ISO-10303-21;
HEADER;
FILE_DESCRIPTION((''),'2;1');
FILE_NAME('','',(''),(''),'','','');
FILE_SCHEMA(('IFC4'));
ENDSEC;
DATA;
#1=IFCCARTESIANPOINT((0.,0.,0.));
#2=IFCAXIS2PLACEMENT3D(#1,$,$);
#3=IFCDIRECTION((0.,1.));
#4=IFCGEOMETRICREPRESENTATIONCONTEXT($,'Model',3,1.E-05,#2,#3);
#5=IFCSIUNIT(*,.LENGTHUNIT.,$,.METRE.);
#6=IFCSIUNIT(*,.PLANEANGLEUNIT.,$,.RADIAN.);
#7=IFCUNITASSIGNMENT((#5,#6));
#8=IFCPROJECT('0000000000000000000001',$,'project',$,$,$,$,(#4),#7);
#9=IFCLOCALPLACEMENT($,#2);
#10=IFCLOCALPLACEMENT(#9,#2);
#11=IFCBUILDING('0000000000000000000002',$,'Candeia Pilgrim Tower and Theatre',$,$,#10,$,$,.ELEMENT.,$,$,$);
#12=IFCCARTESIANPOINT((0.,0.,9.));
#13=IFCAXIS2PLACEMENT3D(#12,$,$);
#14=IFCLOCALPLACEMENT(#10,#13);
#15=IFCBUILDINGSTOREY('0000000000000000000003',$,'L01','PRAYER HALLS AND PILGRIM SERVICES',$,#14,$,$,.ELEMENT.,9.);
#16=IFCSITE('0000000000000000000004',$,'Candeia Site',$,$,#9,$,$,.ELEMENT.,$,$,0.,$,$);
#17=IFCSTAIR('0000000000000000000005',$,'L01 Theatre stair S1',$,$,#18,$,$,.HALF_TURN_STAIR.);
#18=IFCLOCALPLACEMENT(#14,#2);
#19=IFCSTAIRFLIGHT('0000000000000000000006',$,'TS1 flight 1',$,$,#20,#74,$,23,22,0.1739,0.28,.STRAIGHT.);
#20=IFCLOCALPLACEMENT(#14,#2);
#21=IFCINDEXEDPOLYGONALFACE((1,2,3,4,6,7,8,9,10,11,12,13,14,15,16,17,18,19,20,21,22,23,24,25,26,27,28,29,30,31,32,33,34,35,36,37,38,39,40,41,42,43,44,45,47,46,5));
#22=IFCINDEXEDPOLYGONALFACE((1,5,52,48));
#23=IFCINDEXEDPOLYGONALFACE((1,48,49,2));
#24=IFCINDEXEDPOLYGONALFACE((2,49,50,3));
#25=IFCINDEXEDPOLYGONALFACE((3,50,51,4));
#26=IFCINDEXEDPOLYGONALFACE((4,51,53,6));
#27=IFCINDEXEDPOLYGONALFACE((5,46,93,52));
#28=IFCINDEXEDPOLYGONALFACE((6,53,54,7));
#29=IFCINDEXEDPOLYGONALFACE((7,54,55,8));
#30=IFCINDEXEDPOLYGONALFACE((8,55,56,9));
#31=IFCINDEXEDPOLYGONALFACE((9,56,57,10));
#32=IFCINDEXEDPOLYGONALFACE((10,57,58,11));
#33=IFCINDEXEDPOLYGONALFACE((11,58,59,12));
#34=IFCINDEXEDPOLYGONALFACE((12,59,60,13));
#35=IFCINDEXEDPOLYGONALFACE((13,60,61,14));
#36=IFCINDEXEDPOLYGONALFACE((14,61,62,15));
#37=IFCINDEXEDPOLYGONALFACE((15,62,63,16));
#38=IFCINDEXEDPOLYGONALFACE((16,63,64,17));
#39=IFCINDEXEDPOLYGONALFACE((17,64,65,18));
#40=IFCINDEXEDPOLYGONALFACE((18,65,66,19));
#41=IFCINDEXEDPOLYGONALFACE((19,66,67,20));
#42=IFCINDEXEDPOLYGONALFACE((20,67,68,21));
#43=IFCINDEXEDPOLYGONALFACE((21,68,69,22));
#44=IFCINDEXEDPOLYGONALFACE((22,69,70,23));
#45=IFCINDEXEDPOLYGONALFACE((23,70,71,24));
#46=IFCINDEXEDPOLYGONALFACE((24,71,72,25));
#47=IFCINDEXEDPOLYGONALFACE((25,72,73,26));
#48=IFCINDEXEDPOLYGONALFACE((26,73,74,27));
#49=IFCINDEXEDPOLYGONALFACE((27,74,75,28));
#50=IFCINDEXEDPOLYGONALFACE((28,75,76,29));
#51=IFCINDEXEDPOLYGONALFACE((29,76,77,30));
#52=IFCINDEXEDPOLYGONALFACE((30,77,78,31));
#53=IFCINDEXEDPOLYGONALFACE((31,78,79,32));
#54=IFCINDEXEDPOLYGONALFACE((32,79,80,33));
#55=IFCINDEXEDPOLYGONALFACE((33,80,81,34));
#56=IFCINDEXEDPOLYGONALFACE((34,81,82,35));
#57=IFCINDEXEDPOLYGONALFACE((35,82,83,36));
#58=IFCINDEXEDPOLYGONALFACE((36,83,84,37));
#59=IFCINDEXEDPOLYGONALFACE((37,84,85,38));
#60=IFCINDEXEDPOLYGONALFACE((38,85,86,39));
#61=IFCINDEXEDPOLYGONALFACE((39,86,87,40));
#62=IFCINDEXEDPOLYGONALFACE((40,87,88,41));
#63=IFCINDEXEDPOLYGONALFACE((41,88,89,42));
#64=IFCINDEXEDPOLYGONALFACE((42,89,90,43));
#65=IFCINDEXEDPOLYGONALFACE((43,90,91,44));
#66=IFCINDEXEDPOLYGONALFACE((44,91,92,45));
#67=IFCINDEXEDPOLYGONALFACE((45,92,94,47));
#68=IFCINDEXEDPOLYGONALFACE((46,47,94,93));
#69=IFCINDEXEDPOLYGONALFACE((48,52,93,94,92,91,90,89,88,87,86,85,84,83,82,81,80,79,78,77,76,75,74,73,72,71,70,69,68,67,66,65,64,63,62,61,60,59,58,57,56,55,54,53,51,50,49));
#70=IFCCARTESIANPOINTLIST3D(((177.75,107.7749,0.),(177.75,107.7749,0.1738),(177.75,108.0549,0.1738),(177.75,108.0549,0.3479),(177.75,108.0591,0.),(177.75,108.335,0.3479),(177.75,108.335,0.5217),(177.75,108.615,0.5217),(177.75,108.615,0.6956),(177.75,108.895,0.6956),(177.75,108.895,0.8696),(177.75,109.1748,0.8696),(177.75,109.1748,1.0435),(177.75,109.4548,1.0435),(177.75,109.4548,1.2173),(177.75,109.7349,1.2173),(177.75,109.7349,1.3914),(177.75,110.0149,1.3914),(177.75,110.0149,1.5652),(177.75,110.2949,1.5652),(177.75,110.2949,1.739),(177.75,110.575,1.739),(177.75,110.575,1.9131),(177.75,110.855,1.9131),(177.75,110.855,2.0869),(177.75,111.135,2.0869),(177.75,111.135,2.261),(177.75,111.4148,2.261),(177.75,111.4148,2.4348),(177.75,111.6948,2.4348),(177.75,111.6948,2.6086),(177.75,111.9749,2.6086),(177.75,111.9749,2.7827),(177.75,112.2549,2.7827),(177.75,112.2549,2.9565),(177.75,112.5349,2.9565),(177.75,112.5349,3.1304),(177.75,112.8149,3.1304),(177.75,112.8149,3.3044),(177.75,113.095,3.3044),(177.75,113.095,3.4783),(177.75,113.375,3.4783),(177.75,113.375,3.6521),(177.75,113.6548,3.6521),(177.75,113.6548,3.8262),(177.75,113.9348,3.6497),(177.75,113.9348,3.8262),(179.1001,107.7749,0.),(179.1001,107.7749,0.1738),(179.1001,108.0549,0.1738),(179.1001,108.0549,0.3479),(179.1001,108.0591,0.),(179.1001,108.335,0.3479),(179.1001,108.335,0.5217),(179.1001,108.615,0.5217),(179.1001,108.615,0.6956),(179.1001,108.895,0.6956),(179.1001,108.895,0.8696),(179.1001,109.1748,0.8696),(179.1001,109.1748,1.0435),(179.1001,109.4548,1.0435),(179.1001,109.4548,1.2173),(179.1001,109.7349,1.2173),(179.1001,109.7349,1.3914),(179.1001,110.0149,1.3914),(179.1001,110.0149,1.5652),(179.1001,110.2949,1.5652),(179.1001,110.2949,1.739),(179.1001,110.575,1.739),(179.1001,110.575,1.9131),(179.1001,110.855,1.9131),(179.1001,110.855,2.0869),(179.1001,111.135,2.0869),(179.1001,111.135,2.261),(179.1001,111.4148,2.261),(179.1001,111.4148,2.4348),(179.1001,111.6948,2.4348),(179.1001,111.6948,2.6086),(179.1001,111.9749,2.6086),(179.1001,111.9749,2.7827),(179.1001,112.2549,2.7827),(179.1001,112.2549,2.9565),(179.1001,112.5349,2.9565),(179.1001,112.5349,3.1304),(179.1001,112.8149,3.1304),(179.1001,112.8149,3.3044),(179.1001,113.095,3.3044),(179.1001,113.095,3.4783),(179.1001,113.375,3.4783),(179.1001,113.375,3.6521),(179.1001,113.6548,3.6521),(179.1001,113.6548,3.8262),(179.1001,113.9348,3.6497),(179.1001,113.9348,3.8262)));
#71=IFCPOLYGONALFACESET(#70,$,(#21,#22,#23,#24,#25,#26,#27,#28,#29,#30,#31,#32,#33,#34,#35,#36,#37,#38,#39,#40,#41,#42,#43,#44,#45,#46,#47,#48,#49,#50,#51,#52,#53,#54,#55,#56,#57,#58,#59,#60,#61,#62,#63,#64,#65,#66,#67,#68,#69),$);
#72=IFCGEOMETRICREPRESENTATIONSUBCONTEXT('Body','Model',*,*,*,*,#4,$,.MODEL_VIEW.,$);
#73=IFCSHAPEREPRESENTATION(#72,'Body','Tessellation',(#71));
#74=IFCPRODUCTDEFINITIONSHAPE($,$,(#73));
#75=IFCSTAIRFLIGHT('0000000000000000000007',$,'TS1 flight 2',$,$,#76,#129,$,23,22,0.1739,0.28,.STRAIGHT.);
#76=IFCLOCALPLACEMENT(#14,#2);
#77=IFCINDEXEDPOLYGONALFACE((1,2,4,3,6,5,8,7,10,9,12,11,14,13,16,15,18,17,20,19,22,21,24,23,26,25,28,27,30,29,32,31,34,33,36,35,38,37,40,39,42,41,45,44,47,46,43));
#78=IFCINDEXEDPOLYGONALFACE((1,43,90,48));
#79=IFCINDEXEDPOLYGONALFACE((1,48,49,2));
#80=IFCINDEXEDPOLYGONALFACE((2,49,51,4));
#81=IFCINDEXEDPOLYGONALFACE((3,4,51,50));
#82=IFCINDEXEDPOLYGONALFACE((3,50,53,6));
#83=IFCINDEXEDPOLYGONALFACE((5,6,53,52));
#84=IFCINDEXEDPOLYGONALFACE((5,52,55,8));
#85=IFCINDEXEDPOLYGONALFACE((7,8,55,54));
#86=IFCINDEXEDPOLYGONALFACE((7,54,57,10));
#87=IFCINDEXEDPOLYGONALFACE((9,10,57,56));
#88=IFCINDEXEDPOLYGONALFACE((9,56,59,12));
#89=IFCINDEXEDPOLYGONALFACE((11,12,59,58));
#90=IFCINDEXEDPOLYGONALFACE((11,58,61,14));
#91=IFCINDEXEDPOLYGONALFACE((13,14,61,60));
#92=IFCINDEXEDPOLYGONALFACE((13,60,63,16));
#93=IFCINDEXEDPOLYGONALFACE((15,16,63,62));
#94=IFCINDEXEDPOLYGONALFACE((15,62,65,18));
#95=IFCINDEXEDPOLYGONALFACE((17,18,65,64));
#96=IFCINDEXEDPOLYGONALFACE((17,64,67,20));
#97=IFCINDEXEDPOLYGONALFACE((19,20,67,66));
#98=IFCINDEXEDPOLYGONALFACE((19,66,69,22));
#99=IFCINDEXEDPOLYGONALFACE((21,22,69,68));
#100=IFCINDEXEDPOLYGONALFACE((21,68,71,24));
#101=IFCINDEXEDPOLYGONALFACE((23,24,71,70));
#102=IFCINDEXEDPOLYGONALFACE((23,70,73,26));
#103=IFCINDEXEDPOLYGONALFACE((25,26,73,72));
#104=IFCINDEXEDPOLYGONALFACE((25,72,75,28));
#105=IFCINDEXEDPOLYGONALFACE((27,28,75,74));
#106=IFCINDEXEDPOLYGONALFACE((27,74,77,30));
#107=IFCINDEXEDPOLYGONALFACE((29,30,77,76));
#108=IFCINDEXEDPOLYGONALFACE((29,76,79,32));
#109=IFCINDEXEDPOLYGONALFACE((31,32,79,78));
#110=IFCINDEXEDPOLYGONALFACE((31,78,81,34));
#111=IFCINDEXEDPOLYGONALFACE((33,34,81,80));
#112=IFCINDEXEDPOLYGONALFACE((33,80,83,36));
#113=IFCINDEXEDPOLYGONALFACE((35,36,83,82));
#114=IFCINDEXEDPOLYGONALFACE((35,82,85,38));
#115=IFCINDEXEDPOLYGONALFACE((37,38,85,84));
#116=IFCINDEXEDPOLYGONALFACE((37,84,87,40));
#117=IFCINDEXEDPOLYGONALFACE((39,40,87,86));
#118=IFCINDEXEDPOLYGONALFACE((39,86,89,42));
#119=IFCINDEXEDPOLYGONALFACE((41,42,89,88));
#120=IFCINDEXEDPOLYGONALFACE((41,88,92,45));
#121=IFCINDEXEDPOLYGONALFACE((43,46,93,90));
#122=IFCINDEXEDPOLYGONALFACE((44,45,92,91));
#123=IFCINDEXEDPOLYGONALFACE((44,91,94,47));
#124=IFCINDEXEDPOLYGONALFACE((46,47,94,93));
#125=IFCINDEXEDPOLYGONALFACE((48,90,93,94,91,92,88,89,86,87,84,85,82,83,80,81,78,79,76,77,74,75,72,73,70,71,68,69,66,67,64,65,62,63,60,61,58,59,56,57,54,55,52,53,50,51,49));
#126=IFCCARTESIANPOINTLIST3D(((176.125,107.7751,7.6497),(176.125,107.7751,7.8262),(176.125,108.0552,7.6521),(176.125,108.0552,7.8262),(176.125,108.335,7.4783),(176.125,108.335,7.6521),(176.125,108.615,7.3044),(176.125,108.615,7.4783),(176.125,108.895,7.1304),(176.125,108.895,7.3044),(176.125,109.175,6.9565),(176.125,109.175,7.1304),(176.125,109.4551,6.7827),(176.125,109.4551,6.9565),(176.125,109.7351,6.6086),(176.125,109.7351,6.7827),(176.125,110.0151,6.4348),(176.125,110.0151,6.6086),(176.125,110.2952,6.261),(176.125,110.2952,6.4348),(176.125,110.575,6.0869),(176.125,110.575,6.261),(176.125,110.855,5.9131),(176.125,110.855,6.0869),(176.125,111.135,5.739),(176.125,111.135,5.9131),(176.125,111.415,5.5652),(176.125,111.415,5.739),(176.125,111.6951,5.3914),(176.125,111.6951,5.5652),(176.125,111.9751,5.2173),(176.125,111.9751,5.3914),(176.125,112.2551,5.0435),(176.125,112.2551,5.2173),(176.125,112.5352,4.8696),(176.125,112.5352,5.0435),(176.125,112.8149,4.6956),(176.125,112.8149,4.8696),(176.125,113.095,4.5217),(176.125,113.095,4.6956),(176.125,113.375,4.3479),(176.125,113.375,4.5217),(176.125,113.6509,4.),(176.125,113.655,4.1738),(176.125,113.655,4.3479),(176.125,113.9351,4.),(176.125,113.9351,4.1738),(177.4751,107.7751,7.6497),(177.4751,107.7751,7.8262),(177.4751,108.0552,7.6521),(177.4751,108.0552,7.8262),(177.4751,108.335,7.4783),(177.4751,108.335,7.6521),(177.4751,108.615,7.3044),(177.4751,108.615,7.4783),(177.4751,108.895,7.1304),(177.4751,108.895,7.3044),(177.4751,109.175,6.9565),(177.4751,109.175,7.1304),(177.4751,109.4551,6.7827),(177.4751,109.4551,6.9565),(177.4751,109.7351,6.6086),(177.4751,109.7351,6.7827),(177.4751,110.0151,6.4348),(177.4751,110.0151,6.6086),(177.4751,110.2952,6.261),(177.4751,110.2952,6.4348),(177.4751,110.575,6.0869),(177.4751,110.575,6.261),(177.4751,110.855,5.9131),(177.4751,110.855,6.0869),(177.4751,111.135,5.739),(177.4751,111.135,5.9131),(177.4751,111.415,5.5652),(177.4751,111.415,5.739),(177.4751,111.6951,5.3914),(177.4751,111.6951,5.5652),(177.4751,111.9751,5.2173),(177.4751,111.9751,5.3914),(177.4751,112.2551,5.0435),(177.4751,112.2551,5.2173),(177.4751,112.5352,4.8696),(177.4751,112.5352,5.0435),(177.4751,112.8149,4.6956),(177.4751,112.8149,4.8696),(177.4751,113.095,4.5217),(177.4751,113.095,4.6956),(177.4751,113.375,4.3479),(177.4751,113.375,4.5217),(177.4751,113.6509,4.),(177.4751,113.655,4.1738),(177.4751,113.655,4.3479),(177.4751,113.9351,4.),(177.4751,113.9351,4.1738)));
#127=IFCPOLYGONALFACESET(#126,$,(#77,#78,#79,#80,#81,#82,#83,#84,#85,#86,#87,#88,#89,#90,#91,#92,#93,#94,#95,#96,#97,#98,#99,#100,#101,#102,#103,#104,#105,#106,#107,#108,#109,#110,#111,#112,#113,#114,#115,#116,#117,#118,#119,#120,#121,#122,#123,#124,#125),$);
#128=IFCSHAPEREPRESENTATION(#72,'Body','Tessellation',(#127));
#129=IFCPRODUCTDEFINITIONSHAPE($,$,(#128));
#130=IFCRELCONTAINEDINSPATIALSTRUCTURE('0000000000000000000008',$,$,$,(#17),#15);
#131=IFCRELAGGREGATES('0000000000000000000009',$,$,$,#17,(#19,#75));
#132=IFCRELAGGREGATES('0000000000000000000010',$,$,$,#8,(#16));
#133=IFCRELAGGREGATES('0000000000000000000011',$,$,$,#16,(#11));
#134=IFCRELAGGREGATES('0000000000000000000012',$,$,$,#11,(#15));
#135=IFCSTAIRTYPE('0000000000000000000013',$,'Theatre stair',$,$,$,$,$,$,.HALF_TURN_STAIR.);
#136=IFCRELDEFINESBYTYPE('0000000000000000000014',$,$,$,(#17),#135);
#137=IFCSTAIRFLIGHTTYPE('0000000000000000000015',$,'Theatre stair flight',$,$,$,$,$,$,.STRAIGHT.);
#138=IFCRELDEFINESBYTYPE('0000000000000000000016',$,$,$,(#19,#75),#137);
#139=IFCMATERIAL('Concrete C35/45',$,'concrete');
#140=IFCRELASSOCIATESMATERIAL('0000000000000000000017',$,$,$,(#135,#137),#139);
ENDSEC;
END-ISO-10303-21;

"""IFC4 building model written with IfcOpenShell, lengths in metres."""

from ifc_helpers import new_model, si_unit, direction, frame, origin, place, context, subcontext, project, spatial, polyline, outline, extrude, material, type_object, element, aggregate, save


model = new_model("IFC4")

# Units and contexts
model_context = context("Model", 3, precision=1e-05, world=origin(), true_north=direction((0.0, 1.0)))
body_context = subcontext(model_context, "Body", "Model", "MODEL_VIEW")
ifc_project = project(units=[si_unit("LENGTHUNIT", "METRE"), si_unit("PLANEANGLEUNIT", "RADIAN")], contexts=[model_context])

# Site, building, storey
site_placement = place(None, origin())
site = spatial("IfcSite", under=ifc_project, at=site_placement, Name="Candeia Site", CompositionType="ELEMENT", RefElevation=0.0)
building_placement = place(site_placement, origin())
building = spatial("IfcBuilding", under=site, at=building_placement, Name="Candeia Pilgrim Tower and Theatre", CompositionType="ELEMENT")
storey_placement = place(building_placement, frame((0.0, 0.0, 9.0)))
storey = spatial("IfcBuildingStorey", under=building, at=storey_placement, Name="L01", Description="PRAYER HALLS AND PILGRIM SERVICES", CompositionType="ELEMENT", Elevation=9.0)

# Shared definitions
ifc_material_1 = material(Name="Concrete C35/45", Category="concrete")

# Stair, stair flights
stair_type = type_object("IfcStairType", Name="Theatre stair", PredefinedType="HALF_TURN_STAIR", material=ifc_material_1)
stair_1_placement = place(storey_placement, origin())
stair_1 = element("IfcStair", 1, at=stair_1_placement, inside=storey, type_object=stair_type, Name="L01 Theatre stair S1", PredefinedType="HALF_TURN_STAIR")
stair_flight_type = type_object("IfcStairFlightType", Name="Theatre stair flight", PredefinedType="STRAIGHT", material=ifc_material_1)
stair_flight_1_placement = place(storey_placement, frame((178.425, 107.7749, 0.0), z_axis=(0.0, 0.0, 1.0), x_axis=(0.0, 1.0, 0.0)))
stair_flight_1 = element("IfcStairFlight", 2, at=stair_flight_1_placement, type_object=stair_flight_type, Name="TS1 flight 1", NumberOfRisers=23, NumberOfTreads=22, PredefinedType="STRAIGHT", RiserHeight=0.1739, TreadLength=0.28, context=body_context, shape_type="SweptSolid", body=[
    extrude(outline(polyline([(0.0, 0.0), (0.0, 0.1738), (0.28, 0.1738), (0.28, 0.3479), (0.5601, 0.3479), (0.5601, 0.5217), (0.8401, 0.5217), (0.8401, 0.6956), (1.1201, 0.6956), (1.1201, 0.8696), (1.3999, 0.8696), (1.3999, 1.0435), (1.6799, 1.0435), (1.6799, 1.2173), (1.96, 1.2173), (1.96, 1.3914), (2.24, 1.3914), (2.24, 1.5652), (2.52, 1.5652), (2.52, 1.739), (2.8, 1.739), (2.8, 1.9131), (3.0801, 1.9131), (3.0801, 2.0869), (3.3601, 2.0869), (3.3601, 2.261), (3.6399, 2.261), (3.6399, 2.4348), (3.9199, 2.4348), (3.9199, 2.6086), (4.2, 2.6086), (4.2, 2.7827), (4.48, 2.7827), (4.48, 2.9565), (4.76, 2.9565), (4.76, 3.1304), (5.04, 3.1304), (5.04, 3.3044), (5.3201, 3.3044), (5.3201, 3.4783), (5.6001, 3.4783), (5.6001, 3.6521), (5.8799, 3.6521), (5.8799, 3.8262), (6.1599, 3.8262), (6.1599, 4.0), (6.1599, 3.6497), (0.2842, 0.0), (0.0, 0.0)])), frame((0.0, 0.675, 0.0), z_axis=(0.0, -1.0, 0.0), x_axis=(1.0, 0.0, 0.0)), (0.0, 0.0, 1.0), 1.3501),
])
stair_flight_2_placement = place(storey_placement, frame((176.8, 113.9351, 4.0), z_axis=(0.0, 0.0, 1.0), x_axis=(0.0, -1.0, 0.0)))
stair_flight_2 = element("IfcStairFlight", 3, at=stair_flight_2_placement, type_object=stair_flight_type, Name="TS1 flight 2", NumberOfRisers=23, NumberOfTreads=22, PredefinedType="STRAIGHT", RiserHeight=0.1739, TreadLength=0.28, context=body_context, shape_type="SweptSolid", body=[
    extrude(outline(polyline([(0.0, 0.0), (0.0, 0.1738), (0.28, 0.1738), (0.28, 0.3479), (0.5601, 0.3479), (0.5601, 0.5217), (0.8401, 0.5217), (0.8401, 0.6956), (1.1201, 0.6956), (1.1201, 0.8696), (1.3999, 0.8696), (1.3999, 1.0435), (1.6799, 1.0435), (1.6799, 1.2173), (1.96, 1.2173), (1.96, 1.3914), (2.24, 1.3914), (2.24, 1.5652), (2.52, 1.5652), (2.52, 1.739), (2.8, 1.739), (2.8, 1.9131), (3.0801, 1.9131), (3.0801, 2.0869), (3.3601, 2.0869), (3.3601, 2.261), (3.6399, 2.261), (3.6399, 2.4348), (3.9199, 2.4348), (3.9199, 2.6086), (4.2, 2.6086), (4.2, 2.7827), (4.48, 2.7827), (4.48, 2.9565), (4.76, 2.9565), (4.76, 3.1304), (5.04, 3.1304), (5.04, 3.3044), (5.3201, 3.3044), (5.3201, 3.4783), (5.6001, 3.4783), (5.6001, 3.6521), (5.8799, 3.6521), (5.8799, 3.8262), (6.1599, 3.8262), (6.1599, 4.0), (6.1599, 3.6497), (0.2842, 0.0), (0.0, 0.0)])), frame((0.0, 0.675, 0.0), z_axis=(0.0, -1.0, 0.0), x_axis=(1.0, 0.0, 0.0)), (0.0, 0.0, 1.0), 1.3501),
])
aggregate(stair_1, [stair_flight_1, stair_flight_2])

save(model, "model.ifc")
